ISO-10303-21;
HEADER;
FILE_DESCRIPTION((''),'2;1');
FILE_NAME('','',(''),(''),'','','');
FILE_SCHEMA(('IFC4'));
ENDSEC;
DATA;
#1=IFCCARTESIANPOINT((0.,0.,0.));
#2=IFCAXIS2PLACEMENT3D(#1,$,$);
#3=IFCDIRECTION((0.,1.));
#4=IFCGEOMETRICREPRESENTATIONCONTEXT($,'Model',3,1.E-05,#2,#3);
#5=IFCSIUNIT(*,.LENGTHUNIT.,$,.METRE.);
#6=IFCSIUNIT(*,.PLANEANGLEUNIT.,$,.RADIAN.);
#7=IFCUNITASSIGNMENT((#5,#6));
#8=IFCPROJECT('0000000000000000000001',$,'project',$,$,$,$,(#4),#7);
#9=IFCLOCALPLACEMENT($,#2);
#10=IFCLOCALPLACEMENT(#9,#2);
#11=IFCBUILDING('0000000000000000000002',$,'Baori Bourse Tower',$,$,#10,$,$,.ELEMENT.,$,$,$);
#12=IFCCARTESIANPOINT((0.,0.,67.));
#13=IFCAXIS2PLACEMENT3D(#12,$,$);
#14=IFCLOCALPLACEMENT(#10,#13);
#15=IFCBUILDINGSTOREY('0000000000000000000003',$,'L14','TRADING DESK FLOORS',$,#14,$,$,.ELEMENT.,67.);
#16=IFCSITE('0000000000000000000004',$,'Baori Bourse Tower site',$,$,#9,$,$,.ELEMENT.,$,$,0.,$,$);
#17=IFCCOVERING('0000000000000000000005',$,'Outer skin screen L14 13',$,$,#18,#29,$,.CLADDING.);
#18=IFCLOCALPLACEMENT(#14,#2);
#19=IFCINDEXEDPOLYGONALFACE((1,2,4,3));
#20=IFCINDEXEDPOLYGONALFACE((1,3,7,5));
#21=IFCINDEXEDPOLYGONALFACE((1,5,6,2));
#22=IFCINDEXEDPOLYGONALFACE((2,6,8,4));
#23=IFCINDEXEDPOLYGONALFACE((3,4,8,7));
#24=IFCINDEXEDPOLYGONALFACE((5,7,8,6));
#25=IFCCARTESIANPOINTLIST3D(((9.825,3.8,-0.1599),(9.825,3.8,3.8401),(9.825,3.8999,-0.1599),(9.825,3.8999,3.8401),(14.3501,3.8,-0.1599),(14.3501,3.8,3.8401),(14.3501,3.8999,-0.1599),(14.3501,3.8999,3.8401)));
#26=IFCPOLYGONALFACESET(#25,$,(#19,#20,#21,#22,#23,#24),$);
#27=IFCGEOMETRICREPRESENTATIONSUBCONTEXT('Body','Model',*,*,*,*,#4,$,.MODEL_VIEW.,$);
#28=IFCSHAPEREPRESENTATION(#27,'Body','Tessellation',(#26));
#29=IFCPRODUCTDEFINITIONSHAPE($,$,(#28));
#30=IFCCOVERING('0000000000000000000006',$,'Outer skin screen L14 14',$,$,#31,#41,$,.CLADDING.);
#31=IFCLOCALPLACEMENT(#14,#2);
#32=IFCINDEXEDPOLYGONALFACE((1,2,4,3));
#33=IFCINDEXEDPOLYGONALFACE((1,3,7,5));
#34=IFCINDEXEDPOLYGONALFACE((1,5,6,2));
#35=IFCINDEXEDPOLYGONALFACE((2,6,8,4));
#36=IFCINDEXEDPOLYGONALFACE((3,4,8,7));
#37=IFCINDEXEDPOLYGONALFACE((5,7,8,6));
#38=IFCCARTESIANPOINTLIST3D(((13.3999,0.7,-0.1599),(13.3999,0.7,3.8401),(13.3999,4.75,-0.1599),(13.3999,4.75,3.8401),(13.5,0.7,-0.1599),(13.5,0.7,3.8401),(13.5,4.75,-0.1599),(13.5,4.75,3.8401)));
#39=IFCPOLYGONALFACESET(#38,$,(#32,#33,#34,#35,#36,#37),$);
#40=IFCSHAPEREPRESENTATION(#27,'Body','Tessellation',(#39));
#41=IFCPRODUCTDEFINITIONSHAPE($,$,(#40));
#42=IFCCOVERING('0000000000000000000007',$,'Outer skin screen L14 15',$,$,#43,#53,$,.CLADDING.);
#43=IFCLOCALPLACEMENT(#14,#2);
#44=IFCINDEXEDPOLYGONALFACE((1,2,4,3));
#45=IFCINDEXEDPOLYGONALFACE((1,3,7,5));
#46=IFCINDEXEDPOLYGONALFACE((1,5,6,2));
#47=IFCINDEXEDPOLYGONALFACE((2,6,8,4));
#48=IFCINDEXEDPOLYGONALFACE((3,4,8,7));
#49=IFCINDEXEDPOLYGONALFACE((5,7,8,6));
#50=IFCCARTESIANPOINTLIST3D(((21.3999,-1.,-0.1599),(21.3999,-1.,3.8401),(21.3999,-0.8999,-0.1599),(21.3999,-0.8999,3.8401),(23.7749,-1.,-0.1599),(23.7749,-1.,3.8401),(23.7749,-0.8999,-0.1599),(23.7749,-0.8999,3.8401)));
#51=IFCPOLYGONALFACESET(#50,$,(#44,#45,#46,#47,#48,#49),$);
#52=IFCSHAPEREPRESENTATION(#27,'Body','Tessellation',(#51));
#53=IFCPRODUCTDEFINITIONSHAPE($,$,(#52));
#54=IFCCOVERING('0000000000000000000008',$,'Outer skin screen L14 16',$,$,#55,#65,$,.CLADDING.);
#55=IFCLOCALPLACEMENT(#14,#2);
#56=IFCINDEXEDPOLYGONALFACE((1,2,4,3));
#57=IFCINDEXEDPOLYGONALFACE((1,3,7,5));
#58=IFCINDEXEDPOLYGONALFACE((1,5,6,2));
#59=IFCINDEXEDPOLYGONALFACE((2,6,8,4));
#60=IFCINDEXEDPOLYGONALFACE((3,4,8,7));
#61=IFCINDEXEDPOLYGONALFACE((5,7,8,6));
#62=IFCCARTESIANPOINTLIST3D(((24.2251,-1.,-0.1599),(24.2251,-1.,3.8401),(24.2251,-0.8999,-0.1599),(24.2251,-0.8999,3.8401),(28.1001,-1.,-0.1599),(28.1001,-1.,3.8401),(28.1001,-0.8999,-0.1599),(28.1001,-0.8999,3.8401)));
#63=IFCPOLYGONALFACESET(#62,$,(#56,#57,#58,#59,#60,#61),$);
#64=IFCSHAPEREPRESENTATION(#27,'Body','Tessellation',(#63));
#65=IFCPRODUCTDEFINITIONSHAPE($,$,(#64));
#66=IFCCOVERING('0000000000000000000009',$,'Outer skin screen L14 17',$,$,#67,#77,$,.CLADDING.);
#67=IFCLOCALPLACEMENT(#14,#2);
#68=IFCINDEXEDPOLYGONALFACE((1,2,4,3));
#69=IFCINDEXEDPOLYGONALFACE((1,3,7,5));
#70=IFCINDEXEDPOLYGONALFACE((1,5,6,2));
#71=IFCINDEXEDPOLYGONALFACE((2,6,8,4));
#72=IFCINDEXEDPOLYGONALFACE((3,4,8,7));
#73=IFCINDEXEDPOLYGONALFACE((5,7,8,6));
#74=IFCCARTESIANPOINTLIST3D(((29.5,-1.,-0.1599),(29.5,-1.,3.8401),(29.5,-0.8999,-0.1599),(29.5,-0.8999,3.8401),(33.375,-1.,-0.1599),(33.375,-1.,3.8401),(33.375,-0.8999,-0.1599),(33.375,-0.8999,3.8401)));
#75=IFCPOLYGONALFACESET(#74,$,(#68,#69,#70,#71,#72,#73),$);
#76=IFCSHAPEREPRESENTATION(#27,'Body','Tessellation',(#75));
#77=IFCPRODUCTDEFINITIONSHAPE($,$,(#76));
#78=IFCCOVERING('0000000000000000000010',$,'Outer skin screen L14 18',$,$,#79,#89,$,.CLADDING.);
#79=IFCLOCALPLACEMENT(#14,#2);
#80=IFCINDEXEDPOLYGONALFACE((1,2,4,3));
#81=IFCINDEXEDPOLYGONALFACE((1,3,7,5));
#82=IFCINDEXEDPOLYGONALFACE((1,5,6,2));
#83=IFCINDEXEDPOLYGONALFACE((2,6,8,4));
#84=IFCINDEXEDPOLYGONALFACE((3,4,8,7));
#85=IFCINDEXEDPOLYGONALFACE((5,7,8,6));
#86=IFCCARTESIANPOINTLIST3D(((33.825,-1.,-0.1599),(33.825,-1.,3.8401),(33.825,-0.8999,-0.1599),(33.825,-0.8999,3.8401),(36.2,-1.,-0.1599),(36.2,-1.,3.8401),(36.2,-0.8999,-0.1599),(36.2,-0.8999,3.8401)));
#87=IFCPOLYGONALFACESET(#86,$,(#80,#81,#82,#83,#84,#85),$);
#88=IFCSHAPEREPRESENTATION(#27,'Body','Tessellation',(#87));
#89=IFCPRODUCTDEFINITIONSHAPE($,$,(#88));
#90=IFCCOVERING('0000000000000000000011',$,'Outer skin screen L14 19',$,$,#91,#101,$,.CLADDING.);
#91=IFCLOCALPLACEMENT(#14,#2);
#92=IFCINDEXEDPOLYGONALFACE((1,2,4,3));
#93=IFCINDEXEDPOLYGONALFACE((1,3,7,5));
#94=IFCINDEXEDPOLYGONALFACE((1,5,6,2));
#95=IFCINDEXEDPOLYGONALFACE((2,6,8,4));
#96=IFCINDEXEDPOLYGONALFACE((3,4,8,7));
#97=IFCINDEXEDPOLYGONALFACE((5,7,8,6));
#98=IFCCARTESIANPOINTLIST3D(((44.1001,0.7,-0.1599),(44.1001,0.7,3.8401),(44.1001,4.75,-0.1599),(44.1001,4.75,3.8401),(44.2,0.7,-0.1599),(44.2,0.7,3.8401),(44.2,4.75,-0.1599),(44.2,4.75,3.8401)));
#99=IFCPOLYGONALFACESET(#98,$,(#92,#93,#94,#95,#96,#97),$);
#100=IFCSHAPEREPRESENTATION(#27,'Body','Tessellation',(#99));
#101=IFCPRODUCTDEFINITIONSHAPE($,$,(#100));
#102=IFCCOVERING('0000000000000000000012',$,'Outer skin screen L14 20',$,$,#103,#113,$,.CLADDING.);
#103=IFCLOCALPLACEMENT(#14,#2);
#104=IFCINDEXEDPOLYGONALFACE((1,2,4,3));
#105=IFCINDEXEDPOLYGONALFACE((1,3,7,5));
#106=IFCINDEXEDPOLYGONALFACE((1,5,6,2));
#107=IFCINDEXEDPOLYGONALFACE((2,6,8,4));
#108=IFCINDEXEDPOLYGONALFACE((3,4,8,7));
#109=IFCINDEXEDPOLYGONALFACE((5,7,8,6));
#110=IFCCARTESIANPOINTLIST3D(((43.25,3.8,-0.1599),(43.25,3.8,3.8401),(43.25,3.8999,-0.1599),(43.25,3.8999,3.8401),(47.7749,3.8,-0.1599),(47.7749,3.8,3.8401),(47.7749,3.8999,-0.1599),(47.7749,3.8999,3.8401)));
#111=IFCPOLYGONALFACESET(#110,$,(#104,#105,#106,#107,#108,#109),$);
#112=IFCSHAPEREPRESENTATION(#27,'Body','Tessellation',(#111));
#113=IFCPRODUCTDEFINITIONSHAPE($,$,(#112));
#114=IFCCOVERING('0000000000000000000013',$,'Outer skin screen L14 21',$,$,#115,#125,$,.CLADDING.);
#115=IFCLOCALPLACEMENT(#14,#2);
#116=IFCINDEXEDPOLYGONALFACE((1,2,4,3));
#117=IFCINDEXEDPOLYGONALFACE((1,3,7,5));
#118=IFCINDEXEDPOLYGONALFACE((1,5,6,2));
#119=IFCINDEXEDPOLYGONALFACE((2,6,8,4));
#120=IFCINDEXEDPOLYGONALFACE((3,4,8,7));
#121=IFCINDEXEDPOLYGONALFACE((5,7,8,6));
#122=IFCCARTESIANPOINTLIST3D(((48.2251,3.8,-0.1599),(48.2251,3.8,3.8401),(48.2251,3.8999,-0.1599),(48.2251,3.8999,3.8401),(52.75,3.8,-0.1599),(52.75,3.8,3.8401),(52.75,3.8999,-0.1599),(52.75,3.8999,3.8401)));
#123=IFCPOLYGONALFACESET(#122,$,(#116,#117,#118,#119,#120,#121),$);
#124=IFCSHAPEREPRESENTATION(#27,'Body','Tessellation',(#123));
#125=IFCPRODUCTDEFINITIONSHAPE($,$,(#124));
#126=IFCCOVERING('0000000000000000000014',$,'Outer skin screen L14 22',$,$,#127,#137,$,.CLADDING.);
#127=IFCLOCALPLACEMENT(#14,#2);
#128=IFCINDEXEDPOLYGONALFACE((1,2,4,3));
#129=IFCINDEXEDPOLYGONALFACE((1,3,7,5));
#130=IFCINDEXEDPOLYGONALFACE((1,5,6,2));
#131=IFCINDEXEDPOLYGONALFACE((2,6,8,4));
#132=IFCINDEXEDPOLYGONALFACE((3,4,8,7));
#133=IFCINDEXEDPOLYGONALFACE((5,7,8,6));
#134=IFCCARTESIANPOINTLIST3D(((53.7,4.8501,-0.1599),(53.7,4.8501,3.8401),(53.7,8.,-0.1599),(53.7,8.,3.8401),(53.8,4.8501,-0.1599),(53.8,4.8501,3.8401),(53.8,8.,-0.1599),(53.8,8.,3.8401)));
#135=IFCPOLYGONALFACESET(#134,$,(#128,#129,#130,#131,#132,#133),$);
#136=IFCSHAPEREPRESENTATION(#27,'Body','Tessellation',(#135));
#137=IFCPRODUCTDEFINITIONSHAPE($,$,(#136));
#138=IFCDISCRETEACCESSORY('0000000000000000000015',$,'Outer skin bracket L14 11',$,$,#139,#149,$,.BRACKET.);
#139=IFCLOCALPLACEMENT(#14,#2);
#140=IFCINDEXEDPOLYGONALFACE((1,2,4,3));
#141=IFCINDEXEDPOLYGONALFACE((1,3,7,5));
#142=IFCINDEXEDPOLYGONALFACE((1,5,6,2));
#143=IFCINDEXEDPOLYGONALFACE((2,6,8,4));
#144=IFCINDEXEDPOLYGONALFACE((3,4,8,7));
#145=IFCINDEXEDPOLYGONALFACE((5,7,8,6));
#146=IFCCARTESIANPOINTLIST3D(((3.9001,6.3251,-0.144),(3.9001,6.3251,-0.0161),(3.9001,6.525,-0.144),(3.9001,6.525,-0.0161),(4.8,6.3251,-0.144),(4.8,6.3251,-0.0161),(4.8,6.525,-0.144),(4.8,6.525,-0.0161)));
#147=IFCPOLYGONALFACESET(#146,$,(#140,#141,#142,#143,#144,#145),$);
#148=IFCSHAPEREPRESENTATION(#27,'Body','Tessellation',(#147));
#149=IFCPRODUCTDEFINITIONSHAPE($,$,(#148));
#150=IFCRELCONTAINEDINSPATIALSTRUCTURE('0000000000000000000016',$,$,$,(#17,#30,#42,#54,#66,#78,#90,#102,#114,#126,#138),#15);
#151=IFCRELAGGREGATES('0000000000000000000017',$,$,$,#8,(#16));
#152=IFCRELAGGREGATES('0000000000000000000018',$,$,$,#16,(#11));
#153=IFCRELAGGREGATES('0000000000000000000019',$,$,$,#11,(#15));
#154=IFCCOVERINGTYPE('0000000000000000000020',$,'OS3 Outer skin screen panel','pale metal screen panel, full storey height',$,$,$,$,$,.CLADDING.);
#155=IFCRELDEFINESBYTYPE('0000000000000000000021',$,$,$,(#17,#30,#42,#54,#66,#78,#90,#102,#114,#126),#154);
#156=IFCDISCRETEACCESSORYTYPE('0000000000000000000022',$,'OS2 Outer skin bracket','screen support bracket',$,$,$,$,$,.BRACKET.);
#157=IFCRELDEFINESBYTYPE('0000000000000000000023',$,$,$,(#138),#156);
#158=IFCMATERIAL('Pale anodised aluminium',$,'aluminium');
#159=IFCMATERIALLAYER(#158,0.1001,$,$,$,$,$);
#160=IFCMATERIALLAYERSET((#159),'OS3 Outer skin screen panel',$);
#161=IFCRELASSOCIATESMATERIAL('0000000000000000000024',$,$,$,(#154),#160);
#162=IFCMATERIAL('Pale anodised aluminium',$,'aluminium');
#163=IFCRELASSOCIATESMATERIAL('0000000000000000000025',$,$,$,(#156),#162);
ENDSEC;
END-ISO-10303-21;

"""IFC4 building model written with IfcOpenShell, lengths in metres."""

from ifc_helpers import new_model, si_unit, direction, frame, origin, origin_2d, place, context, subcontext, project, spatial, polyline, rectangle, outline, extrude, material, layer, layer_set, type_object, element, save


model = new_model("IFC4")

# Units and contexts
model_context = context("Model", 3, precision=1e-05, world=origin(), true_north=direction((0.0, 1.0)))
body_context = subcontext(model_context, "Body", "Model", "MODEL_VIEW")
ifc_project = project(units=[si_unit("LENGTHUNIT", "METRE"), si_unit("PLANEANGLEUNIT", "RADIAN")], contexts=[model_context])

# Site, building, storey
site_placement = place(None, origin())
site = spatial("IfcSite", under=ifc_project, at=site_placement, Name="Baori Bourse Tower site", CompositionType="ELEMENT", RefElevation=0.0)
building_placement = place(site_placement, origin())
building = spatial("IfcBuilding", under=site, at=building_placement, Name="Baori Bourse Tower", CompositionType="ELEMENT")
storey_placement = place(building_placement, frame((0.0, 0.0, 67.0)))
storey = spatial("IfcBuildingStorey", under=building, at=storey_placement, Name="L14", Description="TRADING DESK FLOORS", CompositionType="ELEMENT", Elevation=67.0)

# Coverings
ifc_material_1 = material(Name="Pale anodised aluminium", Category="aluminium")
ifc_layer_1 = layer(ifc_material_1, 0.1001)
ifc_layer_set_1 = layer_set([ifc_layer_1], Name="OS3 Outer skin screen panel")
covering_type = type_object("IfcCoveringType", Name="OS3 Outer skin screen panel", Description="pale metal screen panel, full storey height", PredefinedType="CLADDING", material=ifc_layer_set_1)
covering_1_placement = place(storey_placement, frame((0.0, 0.0, -0.1599)))
element("IfcCovering", 1, at=covering_1_placement, inside=storey, type_object=covering_type, Name="Outer skin screen L14 13", PredefinedType="CLADDING", context=body_context, shape_type="SweptSolid", body=[
    extrude(outline(polyline([(14.3501, 3.8999), (9.825, 3.8999), (9.825, 3.8), (14.3501, 3.8), (14.3501, 3.8999)])), origin(), (0.0, 0.0, 1.0), 4.0),
])
covering_2_placement = place(storey_placement, frame((0.0, 0.0, -0.1599)))
element("IfcCovering", 2, at=covering_2_placement, inside=storey, type_object=covering_type, Name="Outer skin screen L14 14", PredefinedType="CLADDING", context=body_context, shape_type="SweptSolid", body=[
    extrude(outline(polyline([(13.5, 0.7), (13.5, 4.75), (13.3999, 4.75), (13.3999, 0.7), (13.5, 0.7)])), origin(), (0.0, 0.0, 1.0), 4.0),
])
covering_3_placement = place(storey_placement, frame((0.0, 0.0, -0.1599)))
element("IfcCovering", 3, at=covering_3_placement, inside=storey, type_object=covering_type, Name="Outer skin screen L14 15", PredefinedType="CLADDING", context=body_context, shape_type="SweptSolid", body=[
    extrude(outline(polyline([(23.7749, -0.8999), (21.3999, -0.8999), (21.3999, -1.0), (23.7749, -1.0), (23.7749, -0.8999)])), origin(), (0.0, 0.0, 1.0), 4.0),
])
covering_4_placement = place(storey_placement, frame((0.0, 0.0, -0.1599)))
element("IfcCovering", 4, at=covering_4_placement, inside=storey, type_object=covering_type, Name="Outer skin screen L14 16", PredefinedType="CLADDING", context=body_context, shape_type="SweptSolid", body=[
    extrude(outline(polyline([(28.1001, -0.8999), (24.2251, -0.8999), (24.2251, -1.0), (28.1001, -1.0), (28.1001, -0.8999)])), origin(), (0.0, 0.0, 1.0), 4.0),
])
covering_5_placement = place(storey_placement, frame((0.0, 0.0, -0.1599)))
element("IfcCovering", 5, at=covering_5_placement, inside=storey, type_object=covering_type, Name="Outer skin screen L14 17", PredefinedType="CLADDING", context=body_context, shape_type="SweptSolid", body=[
    extrude(outline(polyline([(33.375, -0.8999), (29.5, -0.8999), (29.5, -1.0), (33.375, -1.0), (33.375, -0.8999)])), origin(), (0.0, 0.0, 1.0), 4.0),
])
covering_6_placement = place(storey_placement, frame((0.0, 0.0, -0.1599)))
element("IfcCovering", 6, at=covering_6_placement, inside=storey, type_object=covering_type, Name="Outer skin screen L14 18", PredefinedType="CLADDING", context=body_context, shape_type="SweptSolid", body=[
    extrude(outline(polyline([(36.2, -0.8999), (33.825, -0.8999), (33.825, -1.0), (36.2, -1.0), (36.2, -0.8999)])), origin(), (0.0, 0.0, 1.0), 4.0),
])
covering_7_placement = place(storey_placement, frame((0.0, 0.0, -0.1599)))
element("IfcCovering", 7, at=covering_7_placement, inside=storey, type_object=covering_type, Name="Outer skin screen L14 19", PredefinedType="CLADDING", context=body_context, shape_type="SweptSolid", body=[
    extrude(outline(polyline([(44.1001, 4.75), (44.1001, 0.7), (44.2, 0.7), (44.2, 4.75), (44.1001, 4.75)])), origin(), (0.0, 0.0, 1.0), 4.0),
])
covering_8_placement = place(storey_placement, frame((0.0, 0.0, -0.1599)))
element("IfcCovering", 8, at=covering_8_placement, inside=storey, type_object=covering_type, Name="Outer skin screen L14 20", PredefinedType="CLADDING", context=body_context, shape_type="SweptSolid", body=[
    extrude(outline(polyline([(47.7749, 3.8999), (43.25, 3.8999), (43.25, 3.8), (47.7749, 3.8), (47.7749, 3.8999)])), origin(), (0.0, 0.0, 1.0), 4.0),
])
covering_9_placement = place(storey_placement, frame((0.0, 0.0, -0.1599)))
element("IfcCovering", 9, at=covering_9_placement, inside=storey, type_object=covering_type, Name="Outer skin screen L14 21", PredefinedType="CLADDING", context=body_context, shape_type="SweptSolid", body=[
    extrude(outline(polyline([(52.75, 3.8999), (48.2251, 3.8999), (48.2251, 3.8), (52.75, 3.8), (52.75, 3.8999)])), origin(), (0.0, 0.0, 1.0), 4.0),
])
covering_10_placement = place(storey_placement, frame((0.0, 0.0, -0.1599)))
element("IfcCovering", 10, at=covering_10_placement, inside=storey, type_object=covering_type, Name="Outer skin screen L14 22", PredefinedType="CLADDING", context=body_context, shape_type="SweptSolid", body=[
    extrude(outline(polyline([(53.7, 8.0), (53.7, 4.8501), (53.8, 4.8501), (53.8, 8.0), (53.7, 8.0)])), origin(), (0.0, 0.0, 1.0), 4.0),
])

# Discrete accessory
ifc_material_2 = material(Name="Pale anodised aluminium", Category="aluminium")
discrete_accessory_type = type_object("IfcDiscreteAccessoryType", Name="OS2 Outer skin bracket", Description="screen support bracket", PredefinedType="BRACKET", material=ifc_material_2)
discrete_accessory_placement = place(storey_placement, frame((4.3501, 6.425, -0.144), z_axis=(0.0, 0.0, 1.0), x_axis=(0.0, -1.0, 0.0)))
element("IfcDiscreteAccessory", 11, at=discrete_accessory_placement, inside=storey, type_object=discrete_accessory_type, Name="Outer skin bracket L14 11", PredefinedType="BRACKET", context=body_context, shape_type="SweptSolid", body=[
    extrude(rectangle(XDim=0.2, YDim=0.8999, at=origin_2d()), origin(), (0.0, 0.0, 1.0), 0.1279),
])

save(model, "model.ifc")
